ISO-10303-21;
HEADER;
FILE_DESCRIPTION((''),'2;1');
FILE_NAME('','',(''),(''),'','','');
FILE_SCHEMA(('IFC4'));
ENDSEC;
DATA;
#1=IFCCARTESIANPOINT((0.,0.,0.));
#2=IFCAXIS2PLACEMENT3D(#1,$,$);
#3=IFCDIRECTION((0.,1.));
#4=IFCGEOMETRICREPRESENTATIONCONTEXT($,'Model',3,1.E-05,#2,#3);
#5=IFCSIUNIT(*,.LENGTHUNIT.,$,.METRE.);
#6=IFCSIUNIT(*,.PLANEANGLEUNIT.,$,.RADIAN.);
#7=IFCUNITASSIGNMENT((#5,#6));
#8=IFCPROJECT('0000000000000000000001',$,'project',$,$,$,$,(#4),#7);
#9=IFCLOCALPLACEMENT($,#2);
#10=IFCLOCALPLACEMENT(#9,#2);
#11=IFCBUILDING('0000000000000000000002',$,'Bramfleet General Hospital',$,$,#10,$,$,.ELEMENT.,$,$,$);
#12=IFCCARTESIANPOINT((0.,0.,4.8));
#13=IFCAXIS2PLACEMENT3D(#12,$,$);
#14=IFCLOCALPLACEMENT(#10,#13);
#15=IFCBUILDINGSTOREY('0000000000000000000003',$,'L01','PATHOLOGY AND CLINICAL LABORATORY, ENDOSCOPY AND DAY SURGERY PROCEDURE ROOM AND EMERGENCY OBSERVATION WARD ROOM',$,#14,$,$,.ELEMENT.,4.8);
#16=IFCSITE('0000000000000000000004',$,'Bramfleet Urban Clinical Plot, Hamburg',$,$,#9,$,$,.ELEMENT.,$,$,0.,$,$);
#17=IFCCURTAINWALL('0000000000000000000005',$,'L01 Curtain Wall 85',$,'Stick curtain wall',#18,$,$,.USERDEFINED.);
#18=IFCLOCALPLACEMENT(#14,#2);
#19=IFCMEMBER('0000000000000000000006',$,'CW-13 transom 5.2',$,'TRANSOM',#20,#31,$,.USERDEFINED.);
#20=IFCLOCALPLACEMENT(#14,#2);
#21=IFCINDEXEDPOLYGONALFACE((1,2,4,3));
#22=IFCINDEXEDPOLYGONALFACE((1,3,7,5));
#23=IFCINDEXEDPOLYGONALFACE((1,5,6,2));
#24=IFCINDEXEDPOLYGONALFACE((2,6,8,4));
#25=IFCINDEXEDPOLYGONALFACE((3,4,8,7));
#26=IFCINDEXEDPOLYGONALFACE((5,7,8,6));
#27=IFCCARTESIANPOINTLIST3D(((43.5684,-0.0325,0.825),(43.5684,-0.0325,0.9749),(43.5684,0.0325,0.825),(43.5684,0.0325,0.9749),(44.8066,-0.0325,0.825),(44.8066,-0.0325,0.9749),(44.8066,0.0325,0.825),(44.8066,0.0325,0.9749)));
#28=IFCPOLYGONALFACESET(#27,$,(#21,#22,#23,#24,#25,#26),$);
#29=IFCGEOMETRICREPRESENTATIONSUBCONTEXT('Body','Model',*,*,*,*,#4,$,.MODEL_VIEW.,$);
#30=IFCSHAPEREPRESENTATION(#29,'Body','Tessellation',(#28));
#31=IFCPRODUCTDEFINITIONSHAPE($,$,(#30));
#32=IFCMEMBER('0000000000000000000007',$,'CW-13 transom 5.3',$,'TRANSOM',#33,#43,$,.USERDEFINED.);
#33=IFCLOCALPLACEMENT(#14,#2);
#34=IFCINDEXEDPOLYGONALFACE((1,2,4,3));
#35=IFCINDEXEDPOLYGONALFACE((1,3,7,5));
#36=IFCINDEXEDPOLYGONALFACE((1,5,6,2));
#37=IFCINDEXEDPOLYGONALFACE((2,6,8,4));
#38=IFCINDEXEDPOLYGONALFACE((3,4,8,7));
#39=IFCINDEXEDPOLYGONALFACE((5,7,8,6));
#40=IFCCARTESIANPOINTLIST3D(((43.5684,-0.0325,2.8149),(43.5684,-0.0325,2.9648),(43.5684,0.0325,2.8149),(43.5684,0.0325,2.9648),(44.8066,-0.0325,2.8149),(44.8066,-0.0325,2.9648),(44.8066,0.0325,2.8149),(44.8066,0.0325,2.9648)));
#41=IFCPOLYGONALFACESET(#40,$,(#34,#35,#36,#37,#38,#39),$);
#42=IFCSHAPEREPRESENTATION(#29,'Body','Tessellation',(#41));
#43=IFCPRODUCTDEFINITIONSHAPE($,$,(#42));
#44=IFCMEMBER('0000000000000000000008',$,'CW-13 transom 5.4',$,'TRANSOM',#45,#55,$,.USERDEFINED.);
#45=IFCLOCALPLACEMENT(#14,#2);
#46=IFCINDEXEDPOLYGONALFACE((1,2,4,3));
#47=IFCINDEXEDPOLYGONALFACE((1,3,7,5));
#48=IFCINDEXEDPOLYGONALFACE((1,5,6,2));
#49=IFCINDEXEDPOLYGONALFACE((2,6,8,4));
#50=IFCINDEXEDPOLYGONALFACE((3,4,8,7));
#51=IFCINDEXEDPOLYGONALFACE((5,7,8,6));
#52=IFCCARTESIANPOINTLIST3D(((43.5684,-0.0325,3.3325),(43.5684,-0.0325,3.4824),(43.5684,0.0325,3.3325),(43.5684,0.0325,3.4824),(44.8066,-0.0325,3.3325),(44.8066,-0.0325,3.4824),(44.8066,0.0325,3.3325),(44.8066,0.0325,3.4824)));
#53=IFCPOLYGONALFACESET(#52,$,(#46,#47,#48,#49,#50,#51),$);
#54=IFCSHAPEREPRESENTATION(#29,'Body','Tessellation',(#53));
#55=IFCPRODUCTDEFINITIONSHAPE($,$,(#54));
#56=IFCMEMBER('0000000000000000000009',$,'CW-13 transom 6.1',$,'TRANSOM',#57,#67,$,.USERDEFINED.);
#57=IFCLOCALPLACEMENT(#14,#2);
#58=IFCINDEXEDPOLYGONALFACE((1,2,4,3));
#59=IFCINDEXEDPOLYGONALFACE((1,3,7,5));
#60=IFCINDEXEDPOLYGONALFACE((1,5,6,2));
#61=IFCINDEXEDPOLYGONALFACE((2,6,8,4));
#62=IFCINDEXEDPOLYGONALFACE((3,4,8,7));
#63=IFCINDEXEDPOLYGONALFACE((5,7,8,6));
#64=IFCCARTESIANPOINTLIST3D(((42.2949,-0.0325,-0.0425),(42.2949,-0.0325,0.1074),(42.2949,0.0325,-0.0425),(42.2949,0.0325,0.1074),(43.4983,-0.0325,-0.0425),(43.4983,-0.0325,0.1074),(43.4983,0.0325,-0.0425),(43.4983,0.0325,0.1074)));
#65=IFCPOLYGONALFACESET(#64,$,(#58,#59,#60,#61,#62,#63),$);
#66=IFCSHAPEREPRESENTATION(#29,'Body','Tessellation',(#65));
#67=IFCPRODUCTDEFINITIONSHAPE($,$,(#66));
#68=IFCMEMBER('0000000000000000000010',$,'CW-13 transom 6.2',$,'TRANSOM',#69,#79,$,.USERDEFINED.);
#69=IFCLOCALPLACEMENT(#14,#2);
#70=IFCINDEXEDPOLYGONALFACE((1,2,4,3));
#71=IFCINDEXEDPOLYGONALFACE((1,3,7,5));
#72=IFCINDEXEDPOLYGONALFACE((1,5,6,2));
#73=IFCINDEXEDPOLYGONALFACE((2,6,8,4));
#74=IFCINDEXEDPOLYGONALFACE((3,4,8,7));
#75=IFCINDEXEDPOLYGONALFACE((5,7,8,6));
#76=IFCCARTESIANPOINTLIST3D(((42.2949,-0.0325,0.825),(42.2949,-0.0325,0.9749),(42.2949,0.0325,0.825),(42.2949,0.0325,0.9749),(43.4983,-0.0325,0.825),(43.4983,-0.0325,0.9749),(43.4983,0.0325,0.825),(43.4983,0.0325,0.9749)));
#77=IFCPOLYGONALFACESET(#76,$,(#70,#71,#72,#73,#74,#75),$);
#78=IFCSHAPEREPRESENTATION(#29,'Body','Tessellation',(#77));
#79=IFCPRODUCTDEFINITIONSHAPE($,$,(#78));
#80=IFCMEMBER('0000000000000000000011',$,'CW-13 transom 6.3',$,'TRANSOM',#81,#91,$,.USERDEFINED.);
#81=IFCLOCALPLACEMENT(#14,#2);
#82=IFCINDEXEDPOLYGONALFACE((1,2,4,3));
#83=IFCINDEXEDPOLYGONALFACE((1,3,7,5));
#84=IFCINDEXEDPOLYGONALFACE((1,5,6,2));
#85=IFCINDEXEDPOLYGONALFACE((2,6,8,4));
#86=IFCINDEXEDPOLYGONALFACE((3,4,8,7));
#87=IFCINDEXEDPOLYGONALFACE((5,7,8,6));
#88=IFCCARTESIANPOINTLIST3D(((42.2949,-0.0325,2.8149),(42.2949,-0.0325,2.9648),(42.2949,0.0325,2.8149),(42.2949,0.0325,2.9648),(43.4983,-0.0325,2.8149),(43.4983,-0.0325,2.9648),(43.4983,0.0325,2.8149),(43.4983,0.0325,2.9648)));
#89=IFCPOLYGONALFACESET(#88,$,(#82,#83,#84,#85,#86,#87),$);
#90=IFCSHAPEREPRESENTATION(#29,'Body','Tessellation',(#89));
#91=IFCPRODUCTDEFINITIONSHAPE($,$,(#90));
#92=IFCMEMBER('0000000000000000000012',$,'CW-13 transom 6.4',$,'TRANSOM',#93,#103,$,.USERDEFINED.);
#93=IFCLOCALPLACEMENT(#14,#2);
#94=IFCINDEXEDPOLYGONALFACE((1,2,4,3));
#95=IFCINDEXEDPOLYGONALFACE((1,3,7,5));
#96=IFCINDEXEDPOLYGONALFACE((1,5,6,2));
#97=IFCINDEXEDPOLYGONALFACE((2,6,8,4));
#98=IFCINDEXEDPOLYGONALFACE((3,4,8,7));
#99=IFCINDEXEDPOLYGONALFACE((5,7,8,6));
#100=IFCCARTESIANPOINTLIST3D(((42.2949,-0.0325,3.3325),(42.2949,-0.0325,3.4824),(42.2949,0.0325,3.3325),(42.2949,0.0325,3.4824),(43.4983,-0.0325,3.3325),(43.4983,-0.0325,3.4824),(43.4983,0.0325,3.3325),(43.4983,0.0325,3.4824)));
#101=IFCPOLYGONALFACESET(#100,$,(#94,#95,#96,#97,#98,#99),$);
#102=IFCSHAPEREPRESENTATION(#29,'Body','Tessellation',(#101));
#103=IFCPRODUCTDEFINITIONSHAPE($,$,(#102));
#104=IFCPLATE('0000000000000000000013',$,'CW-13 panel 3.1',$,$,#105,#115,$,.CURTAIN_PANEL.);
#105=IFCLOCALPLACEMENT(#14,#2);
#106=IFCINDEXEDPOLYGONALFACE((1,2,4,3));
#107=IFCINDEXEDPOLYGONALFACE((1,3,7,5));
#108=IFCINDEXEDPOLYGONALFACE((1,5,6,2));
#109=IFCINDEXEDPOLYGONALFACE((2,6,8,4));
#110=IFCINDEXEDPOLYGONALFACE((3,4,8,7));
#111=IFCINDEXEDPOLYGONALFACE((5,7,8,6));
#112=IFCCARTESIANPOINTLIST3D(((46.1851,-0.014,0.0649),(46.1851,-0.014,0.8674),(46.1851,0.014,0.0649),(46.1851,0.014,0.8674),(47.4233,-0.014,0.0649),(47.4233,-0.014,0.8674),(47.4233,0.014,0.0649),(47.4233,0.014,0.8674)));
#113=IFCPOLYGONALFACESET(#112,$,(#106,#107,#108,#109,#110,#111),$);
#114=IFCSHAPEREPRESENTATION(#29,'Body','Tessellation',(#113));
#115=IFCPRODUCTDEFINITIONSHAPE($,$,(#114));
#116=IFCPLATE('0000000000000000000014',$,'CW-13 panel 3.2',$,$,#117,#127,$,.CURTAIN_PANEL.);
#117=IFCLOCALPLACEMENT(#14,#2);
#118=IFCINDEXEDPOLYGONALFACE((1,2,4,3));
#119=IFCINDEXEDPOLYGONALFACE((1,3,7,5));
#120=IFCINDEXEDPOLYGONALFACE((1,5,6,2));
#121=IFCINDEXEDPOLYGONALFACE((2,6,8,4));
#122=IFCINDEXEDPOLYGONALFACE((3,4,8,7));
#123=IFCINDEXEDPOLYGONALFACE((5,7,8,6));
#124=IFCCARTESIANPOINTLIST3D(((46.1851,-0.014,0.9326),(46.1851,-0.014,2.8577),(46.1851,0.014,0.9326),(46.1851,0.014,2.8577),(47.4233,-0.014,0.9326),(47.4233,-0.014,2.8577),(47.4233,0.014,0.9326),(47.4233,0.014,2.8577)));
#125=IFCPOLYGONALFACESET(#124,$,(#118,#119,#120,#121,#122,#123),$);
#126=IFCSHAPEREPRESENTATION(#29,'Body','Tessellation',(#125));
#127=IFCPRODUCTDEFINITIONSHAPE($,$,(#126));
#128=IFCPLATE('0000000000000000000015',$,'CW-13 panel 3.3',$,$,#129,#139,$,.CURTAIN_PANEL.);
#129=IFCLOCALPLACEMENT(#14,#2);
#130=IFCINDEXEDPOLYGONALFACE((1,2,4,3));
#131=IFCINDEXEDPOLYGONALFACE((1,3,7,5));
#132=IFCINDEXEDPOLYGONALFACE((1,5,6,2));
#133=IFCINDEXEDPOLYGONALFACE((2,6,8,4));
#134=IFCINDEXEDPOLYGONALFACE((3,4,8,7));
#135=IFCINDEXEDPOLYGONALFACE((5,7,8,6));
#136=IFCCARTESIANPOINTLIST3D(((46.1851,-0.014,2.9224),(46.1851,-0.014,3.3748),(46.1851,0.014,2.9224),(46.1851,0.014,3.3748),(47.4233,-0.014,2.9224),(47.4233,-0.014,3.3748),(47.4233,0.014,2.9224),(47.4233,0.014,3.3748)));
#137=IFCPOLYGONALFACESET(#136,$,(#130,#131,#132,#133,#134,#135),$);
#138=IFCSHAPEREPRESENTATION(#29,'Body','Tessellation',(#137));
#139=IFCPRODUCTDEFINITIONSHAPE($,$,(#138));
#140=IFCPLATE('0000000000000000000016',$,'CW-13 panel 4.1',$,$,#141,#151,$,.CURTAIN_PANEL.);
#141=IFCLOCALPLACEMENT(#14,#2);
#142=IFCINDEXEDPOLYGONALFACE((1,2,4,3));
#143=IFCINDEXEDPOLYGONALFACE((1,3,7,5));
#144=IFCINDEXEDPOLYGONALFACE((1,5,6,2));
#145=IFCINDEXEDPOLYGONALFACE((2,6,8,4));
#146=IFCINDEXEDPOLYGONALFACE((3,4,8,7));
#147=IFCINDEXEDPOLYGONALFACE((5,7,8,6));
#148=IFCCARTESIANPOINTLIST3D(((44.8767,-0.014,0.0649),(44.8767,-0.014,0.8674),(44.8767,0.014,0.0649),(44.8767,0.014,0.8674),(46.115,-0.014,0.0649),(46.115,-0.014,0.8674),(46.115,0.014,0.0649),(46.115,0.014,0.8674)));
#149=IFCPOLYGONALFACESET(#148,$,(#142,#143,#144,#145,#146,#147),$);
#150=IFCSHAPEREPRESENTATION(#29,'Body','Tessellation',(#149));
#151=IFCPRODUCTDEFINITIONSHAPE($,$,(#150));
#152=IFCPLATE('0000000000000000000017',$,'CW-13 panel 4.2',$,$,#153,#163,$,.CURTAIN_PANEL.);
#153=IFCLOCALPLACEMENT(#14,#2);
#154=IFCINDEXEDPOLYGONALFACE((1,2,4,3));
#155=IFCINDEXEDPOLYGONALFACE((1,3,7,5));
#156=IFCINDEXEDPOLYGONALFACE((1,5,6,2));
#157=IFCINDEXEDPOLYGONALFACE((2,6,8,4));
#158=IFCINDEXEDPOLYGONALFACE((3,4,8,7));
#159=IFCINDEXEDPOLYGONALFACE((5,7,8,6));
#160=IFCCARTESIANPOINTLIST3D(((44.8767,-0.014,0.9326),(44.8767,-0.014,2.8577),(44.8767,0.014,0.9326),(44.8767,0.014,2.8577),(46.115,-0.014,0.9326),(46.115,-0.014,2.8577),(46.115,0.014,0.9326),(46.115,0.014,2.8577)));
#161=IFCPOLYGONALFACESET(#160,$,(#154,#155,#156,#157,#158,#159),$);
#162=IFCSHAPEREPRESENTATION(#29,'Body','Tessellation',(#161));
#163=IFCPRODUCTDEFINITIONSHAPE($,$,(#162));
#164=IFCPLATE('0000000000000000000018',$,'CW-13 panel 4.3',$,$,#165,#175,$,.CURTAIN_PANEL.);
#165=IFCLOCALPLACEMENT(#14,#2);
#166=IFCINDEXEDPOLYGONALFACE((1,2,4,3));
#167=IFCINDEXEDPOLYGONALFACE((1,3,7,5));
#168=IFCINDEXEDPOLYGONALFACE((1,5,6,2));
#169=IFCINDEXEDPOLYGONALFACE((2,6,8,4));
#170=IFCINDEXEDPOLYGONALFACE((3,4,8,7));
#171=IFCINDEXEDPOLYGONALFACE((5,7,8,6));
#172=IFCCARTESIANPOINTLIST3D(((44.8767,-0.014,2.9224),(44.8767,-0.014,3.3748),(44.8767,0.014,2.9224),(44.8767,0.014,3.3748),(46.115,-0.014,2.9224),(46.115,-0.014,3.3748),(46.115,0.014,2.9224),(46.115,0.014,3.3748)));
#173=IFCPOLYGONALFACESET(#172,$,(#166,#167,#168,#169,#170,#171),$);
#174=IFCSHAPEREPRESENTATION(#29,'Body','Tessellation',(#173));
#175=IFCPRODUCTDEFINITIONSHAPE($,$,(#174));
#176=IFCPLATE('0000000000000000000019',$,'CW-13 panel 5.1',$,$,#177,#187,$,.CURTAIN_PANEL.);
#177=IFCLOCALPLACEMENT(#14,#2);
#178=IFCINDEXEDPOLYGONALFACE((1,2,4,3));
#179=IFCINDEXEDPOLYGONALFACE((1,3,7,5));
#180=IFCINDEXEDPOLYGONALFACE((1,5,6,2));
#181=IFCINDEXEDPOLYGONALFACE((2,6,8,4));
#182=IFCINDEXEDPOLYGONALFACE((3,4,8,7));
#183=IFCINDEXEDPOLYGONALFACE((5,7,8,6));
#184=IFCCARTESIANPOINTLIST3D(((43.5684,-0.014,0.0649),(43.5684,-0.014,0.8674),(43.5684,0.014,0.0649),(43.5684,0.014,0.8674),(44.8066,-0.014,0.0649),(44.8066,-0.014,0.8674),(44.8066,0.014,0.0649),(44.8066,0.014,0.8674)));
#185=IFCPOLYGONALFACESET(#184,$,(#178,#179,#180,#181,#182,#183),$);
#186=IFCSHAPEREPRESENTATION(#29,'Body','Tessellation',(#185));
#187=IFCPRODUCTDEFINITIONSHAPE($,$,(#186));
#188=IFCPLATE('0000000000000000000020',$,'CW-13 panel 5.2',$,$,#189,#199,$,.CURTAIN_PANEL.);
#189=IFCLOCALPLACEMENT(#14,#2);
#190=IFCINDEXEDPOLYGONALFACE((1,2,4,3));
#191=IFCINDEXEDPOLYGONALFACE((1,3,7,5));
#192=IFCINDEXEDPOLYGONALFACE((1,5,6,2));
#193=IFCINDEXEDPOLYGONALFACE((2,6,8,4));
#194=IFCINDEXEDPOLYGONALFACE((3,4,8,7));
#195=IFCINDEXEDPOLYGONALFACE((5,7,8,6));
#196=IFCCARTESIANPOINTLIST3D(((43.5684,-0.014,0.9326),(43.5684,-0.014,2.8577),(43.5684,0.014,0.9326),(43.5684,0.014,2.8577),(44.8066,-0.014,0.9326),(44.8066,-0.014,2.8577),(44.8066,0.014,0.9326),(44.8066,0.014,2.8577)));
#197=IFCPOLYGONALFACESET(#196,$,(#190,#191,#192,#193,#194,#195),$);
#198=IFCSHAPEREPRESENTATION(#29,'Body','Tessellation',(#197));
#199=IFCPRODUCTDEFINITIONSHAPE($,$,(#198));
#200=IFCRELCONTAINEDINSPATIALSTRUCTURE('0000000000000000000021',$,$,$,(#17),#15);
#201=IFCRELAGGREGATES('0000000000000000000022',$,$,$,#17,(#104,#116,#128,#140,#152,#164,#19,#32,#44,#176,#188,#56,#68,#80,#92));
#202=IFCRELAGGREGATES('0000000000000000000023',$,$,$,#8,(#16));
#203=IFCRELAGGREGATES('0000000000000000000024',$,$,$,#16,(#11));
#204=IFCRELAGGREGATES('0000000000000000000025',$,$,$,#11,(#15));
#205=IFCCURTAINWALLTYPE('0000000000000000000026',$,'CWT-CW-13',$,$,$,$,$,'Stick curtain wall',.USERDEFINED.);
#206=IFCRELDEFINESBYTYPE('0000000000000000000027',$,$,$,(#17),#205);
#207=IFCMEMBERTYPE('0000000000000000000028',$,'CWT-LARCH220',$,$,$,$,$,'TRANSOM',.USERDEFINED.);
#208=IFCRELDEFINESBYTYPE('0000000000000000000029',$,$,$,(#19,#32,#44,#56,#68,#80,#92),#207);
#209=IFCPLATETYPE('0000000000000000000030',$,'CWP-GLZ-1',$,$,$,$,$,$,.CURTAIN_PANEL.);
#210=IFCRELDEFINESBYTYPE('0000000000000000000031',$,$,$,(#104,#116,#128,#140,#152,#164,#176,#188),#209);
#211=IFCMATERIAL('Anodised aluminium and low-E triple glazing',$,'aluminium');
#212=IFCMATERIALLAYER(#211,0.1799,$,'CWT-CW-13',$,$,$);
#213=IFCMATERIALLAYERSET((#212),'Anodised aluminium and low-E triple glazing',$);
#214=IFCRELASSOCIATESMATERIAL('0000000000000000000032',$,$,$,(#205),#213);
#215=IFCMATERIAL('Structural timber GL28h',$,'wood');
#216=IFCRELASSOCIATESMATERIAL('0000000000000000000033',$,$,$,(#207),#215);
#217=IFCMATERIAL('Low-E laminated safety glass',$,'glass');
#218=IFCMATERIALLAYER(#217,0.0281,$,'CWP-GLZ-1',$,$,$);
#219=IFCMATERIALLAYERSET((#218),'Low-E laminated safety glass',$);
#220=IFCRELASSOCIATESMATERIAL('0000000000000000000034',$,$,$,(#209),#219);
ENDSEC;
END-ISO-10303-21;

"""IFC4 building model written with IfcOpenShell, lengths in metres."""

from ifc_helpers import new_model, si_unit, direction, frame, origin, origin_2d, place, context, subcontext, project, spatial, rectangle, extrude, material, layer, layer_set, material_profile, profile_set, type_object, element, aggregate, save


model = new_model("IFC4")

# Units and contexts
model_context = context("Model", 3, precision=1e-05, world=origin(), true_north=direction((0.0, 1.0)))
body_context = subcontext(model_context, "Body", "Model", "MODEL_VIEW")
ifc_project = project(units=[si_unit("LENGTHUNIT", "METRE"), si_unit("PLANEANGLEUNIT", "RADIAN")], contexts=[model_context])

# Site, building, storey
site_placement = place(None, origin())
site = spatial("IfcSite", under=ifc_project, at=site_placement, Name="Bramfleet Urban Clinical Plot, Hamburg", CompositionType="ELEMENT", RefElevation=0.0)
building_placement = place(site_placement, origin())
building = spatial("IfcBuilding", under=site, at=building_placement, Name="Bramfleet General Hospital", CompositionType="ELEMENT")
storey_placement = place(building_placement, frame((0.0, 0.0, 4.8)))
storey = spatial("IfcBuildingStorey", under=building, at=storey_placement, Name="L01", Description="PATHOLOGY AND CLINICAL LABORATORY, ENDOSCOPY AND DAY SURGERY PROCEDURE ROOM AND EMERGENCY OBSERVATION WARD ROOM", CompositionType="ELEMENT", Elevation=4.8)

# Curtain wall, members, plates
ifc_material_1 = material(Name="Anodised aluminium and low-E triple glazing", Category="aluminium")
ifc_layer_1 = layer(ifc_material_1, 0.1799, Name="CWT-CW-13")
ifc_layer_set_1 = layer_set([ifc_layer_1], Name="Anodised aluminium and low-E triple glazing")
curtain_wall_type = type_object("IfcCurtainWallType", Name="CWT-CW-13", ElementType="Stick curtain wall", PredefinedType="USERDEFINED", material=ifc_layer_set_1)
curtain_wall_placement = place(storey_placement, origin())
curtain_wall = element("IfcCurtainWall", 1, at=curtain_wall_placement, inside=storey, type_object=curtain_wall_type, Name="L01 Curtain Wall 85", ObjectType="Stick curtain wall", PredefinedType="USERDEFINED")
ifc_material_2 = material(Name="Structural timber GL28h", Category="wood")
ifc_material_profile_1 = material_profile(ifc_material_2, rectangle(XDim=0.0649, YDim=0.1499, at=origin_2d()), Name="LARCH 150x65")
ifc_profile_set_1 = profile_set([ifc_material_profile_1], Name="Structural timber GL28h")
member_type_1 = type_object("IfcMemberType", Name="CWT-LARCH220", ElementType="TRANSOM", PredefinedType="USERDEFINED", material=ifc_profile_set_1)
member_1_placement = place(storey_placement, frame((44.8066, 0.0, 0.8999), z_axis=(-1.0, 0.0, 0.0), x_axis=(0.0, -1.0, 0.0)))
member_1 = element("IfcMember", 2, at=member_1_placement, type_object=member_type_1, Name="CW-13 transom 5.2", ObjectType="TRANSOM", PredefinedType="USERDEFINED", context=body_context, shape_type="SweptSolid", body=[
    extrude(rectangle(XDim=0.0649, YDim=0.1499, at=origin_2d()), origin(), (0.0, 0.0, 1.0), 1.2383),
])
member_2_placement = place(storey_placement, frame((44.8066, 0.0, 2.8899), z_axis=(-1.0, 0.0, 0.0), x_axis=(0.0, -1.0, 0.0)))
member_2 = element("IfcMember", 3, at=member_2_placement, type_object=member_type_1, Name="CW-13 transom 5.3", ObjectType="TRANSOM", PredefinedType="USERDEFINED", context=body_context, shape_type="SweptSolid", body=[
    extrude(rectangle(XDim=0.0649, YDim=0.1499, at=origin_2d()), origin(), (0.0, 0.0, 1.0), 1.2383),
])
member_3_placement = place(storey_placement, frame((44.8066, 0.0, 3.4075), z_axis=(-1.0, 0.0, 0.0), x_axis=(0.0, -1.0, 0.0)))
member_3 = element("IfcMember", 4, at=member_3_placement, type_object=member_type_1, Name="CW-13 transom 5.4", ObjectType="TRANSOM", PredefinedType="USERDEFINED", context=body_context, shape_type="SweptSolid", body=[
    extrude(rectangle(XDim=0.0649, YDim=0.1499, at=origin_2d()), origin(), (0.0, 0.0, 1.0), 1.2383),
])
member_4_placement = place(storey_placement, frame((43.4983, 0.0, 0.0325), z_axis=(-1.0, 0.0, 0.0), x_axis=(0.0, -1.0, 0.0)))
member_4 = element("IfcMember", 5, at=member_4_placement, type_object=member_type_1, Name="CW-13 transom 6.1", ObjectType="TRANSOM", PredefinedType="USERDEFINED", context=body_context, shape_type="SweptSolid", body=[
    extrude(rectangle(XDim=0.0649, YDim=0.1499, at=origin_2d()), origin(), (0.0, 0.0, 1.0), 1.2034),
])
member_5_placement = place(storey_placement, frame((43.4983, 0.0, 0.8999), z_axis=(-1.0, 0.0, 0.0), x_axis=(0.0, -1.0, 0.0)))
member_5 = element("IfcMember", 6, at=member_5_placement, type_object=member_type_1, Name="CW-13 transom 6.2", ObjectType="TRANSOM", PredefinedType="USERDEFINED", context=body_context, shape_type="SweptSolid", body=[
    extrude(rectangle(XDim=0.0649, YDim=0.1499, at=origin_2d()), origin(), (0.0, 0.0, 1.0), 1.2034),
])
member_6_placement = place(storey_placement, frame((43.4983, 0.0, 2.8899), z_axis=(-1.0, 0.0, 0.0), x_axis=(0.0, -1.0, 0.0)))
member_6 = element("IfcMember", 7, at=member_6_placement, type_object=member_type_1, Name="CW-13 transom 6.3", ObjectType="TRANSOM", PredefinedType="USERDEFINED", context=body_context, shape_type="SweptSolid", body=[
    extrude(rectangle(XDim=0.0649, YDim=0.1499, at=origin_2d()), origin(), (0.0, 0.0, 1.0), 1.2034),
])
member_7_placement = place(storey_placement, frame((43.4983, 0.0, 3.4075), z_axis=(-1.0, 0.0, 0.0), x_axis=(0.0, -1.0, 0.0)))
member_7 = element("IfcMember", 8, at=member_7_placement, type_object=member_type_1, Name="CW-13 transom 6.4", ObjectType="TRANSOM", PredefinedType="USERDEFINED", context=body_context, shape_type="SweptSolid", body=[
    extrude(rectangle(XDim=0.0649, YDim=0.1499, at=origin_2d()), origin(), (0.0, 0.0, 1.0), 1.2034),
])
ifc_material_3 = material(Name="Low-E laminated safety glass", Category="glass")
ifc_layer_2 = layer(ifc_material_3, 0.0281, Name="CWP-GLZ-1")
ifc_layer_set_2 = layer_set([ifc_layer_2], Name="Low-E laminated safety glass")
plate_type = type_object("IfcPlateType", Name="CWP-GLZ-1", PredefinedType="CURTAIN_PANEL", material=ifc_layer_set_2)
plate_1_placement = place(storey_placement, frame((46.8042, 0.0, 0.0649), z_axis=(0.0, 0.0, 1.0), x_axis=(-1.0, 0.0, 0.0)))
plate_1 = element("IfcPlate", 9, at=plate_1_placement, type_object=plate_type, Name="CW-13 panel 3.1", PredefinedType="CURTAIN_PANEL", context=body_context, shape_type="SweptSolid", body=[
    extrude(rectangle(XDim=1.2383, YDim=0.0281, at=origin_2d()), origin(), (0.0, 0.0, 1.0), 0.8025),
])
plate_2_placement = place(storey_placement, frame((46.8042, 0.0, 0.9326), z_axis=(0.0, 0.0, 1.0), x_axis=(-1.0, 0.0, 0.0)))
plate_2 = element("IfcPlate", 10, at=plate_2_placement, type_object=plate_type, Name="CW-13 panel 3.2", PredefinedType="CURTAIN_PANEL", context=body_context, shape_type="SweptSolid", body=[
    extrude(rectangle(XDim=1.2383, YDim=0.0281, at=origin_2d()), origin(), (0.0, 0.0, 1.0), 1.925),
])
plate_3_placement = place(storey_placement, frame((46.8042, 0.0, 2.9224), z_axis=(0.0, 0.0, 1.0), x_axis=(-1.0, 0.0, 0.0)))
plate_3 = element("IfcPlate", 11, at=plate_3_placement, type_object=plate_type, Name="CW-13 panel 3.3", PredefinedType="CURTAIN_PANEL", context=body_context, shape_type="SweptSolid", body=[
    extrude(rectangle(XDim=1.2383, YDim=0.0281, at=origin_2d()), origin(), (0.0, 0.0, 1.0), 0.4524),
])
plate_4_placement = place(storey_placement, frame((45.4958, 0.0, 0.0649), z_axis=(0.0, 0.0, 1.0), x_axis=(-1.0, 0.0, 0.0)))
plate_4 = element("IfcPlate", 12, at=plate_4_placement, type_object=plate_type, Name="CW-13 panel 4.1", PredefinedType="CURTAIN_PANEL", context=body_context, shape_type="SweptSolid", body=[
    extrude(rectangle(XDim=1.2383, YDim=0.0281, at=origin_2d()), origin(), (0.0, 0.0, 1.0), 0.8025),
])
plate_5_placement = place(storey_placement, frame((45.4958, 0.0, 0.9326), z_axis=(0.0, 0.0, 1.0), x_axis=(-1.0, 0.0, 0.0)))
plate_5 = element("IfcPlate", 13, at=plate_5_placement, type_object=plate_type, Name="CW-13 panel 4.2", PredefinedType="CURTAIN_PANEL", context=body_context, shape_type="SweptSolid", body=[
    extrude(rectangle(XDim=1.2383, YDim=0.0281, at=origin_2d()), origin(), (0.0, 0.0, 1.0), 1.925),
])
plate_6_placement = place(storey_placement, frame((45.4958, 0.0, 2.9224), z_axis=(0.0, 0.0, 1.0), x_axis=(-1.0, 0.0, 0.0)))
plate_6 = element("IfcPlate", 14, at=plate_6_placement, type_object=plate_type, Name="CW-13 panel 4.3", PredefinedType="CURTAIN_PANEL", context=body_context, shape_type="SweptSolid", body=[
    extrude(rectangle(XDim=1.2383, YDim=0.0281, at=origin_2d()), origin(), (0.0, 0.0, 1.0), 0.4524),
])
plate_7_placement = place(storey_placement, frame((44.1875, 0.0, 0.0649), z_axis=(0.0, 0.0, 1.0), x_axis=(-1.0, 0.0, 0.0)))
plate_7 = element("IfcPlate", 15, at=plate_7_placement, type_object=plate_type, Name="CW-13 panel 5.1", PredefinedType="CURTAIN_PANEL", context=body_context, shape_type="SweptSolid", body=[
    extrude(rectangle(XDim=1.2383, YDim=0.0281, at=origin_2d()), origin(), (0.0, 0.0, 1.0), 0.8025),
])
plate_8_placement = place(storey_placement, frame((44.1875, 0.0, 0.9326), z_axis=(0.0, 0.0, 1.0), x_axis=(-1.0, 0.0, 0.0)))
plate_8 = element("IfcPlate", 16, at=plate_8_placement, type_object=plate_type, Name="CW-13 panel 5.2", PredefinedType="CURTAIN_PANEL", context=body_context, shape_type="SweptSolid", body=[
    extrude(rectangle(XDim=1.2383, YDim=0.0281, at=origin_2d()), origin(), (0.0, 0.0, 1.0), 1.925),
])
aggregate(curtain_wall, [plate_1, plate_2, plate_3, plate_4, plate_5, plate_6, member_1, member_2, member_3, plate_7, plate_8, member_4, member_5, member_6, member_7])

save(model, "model.ifc")
